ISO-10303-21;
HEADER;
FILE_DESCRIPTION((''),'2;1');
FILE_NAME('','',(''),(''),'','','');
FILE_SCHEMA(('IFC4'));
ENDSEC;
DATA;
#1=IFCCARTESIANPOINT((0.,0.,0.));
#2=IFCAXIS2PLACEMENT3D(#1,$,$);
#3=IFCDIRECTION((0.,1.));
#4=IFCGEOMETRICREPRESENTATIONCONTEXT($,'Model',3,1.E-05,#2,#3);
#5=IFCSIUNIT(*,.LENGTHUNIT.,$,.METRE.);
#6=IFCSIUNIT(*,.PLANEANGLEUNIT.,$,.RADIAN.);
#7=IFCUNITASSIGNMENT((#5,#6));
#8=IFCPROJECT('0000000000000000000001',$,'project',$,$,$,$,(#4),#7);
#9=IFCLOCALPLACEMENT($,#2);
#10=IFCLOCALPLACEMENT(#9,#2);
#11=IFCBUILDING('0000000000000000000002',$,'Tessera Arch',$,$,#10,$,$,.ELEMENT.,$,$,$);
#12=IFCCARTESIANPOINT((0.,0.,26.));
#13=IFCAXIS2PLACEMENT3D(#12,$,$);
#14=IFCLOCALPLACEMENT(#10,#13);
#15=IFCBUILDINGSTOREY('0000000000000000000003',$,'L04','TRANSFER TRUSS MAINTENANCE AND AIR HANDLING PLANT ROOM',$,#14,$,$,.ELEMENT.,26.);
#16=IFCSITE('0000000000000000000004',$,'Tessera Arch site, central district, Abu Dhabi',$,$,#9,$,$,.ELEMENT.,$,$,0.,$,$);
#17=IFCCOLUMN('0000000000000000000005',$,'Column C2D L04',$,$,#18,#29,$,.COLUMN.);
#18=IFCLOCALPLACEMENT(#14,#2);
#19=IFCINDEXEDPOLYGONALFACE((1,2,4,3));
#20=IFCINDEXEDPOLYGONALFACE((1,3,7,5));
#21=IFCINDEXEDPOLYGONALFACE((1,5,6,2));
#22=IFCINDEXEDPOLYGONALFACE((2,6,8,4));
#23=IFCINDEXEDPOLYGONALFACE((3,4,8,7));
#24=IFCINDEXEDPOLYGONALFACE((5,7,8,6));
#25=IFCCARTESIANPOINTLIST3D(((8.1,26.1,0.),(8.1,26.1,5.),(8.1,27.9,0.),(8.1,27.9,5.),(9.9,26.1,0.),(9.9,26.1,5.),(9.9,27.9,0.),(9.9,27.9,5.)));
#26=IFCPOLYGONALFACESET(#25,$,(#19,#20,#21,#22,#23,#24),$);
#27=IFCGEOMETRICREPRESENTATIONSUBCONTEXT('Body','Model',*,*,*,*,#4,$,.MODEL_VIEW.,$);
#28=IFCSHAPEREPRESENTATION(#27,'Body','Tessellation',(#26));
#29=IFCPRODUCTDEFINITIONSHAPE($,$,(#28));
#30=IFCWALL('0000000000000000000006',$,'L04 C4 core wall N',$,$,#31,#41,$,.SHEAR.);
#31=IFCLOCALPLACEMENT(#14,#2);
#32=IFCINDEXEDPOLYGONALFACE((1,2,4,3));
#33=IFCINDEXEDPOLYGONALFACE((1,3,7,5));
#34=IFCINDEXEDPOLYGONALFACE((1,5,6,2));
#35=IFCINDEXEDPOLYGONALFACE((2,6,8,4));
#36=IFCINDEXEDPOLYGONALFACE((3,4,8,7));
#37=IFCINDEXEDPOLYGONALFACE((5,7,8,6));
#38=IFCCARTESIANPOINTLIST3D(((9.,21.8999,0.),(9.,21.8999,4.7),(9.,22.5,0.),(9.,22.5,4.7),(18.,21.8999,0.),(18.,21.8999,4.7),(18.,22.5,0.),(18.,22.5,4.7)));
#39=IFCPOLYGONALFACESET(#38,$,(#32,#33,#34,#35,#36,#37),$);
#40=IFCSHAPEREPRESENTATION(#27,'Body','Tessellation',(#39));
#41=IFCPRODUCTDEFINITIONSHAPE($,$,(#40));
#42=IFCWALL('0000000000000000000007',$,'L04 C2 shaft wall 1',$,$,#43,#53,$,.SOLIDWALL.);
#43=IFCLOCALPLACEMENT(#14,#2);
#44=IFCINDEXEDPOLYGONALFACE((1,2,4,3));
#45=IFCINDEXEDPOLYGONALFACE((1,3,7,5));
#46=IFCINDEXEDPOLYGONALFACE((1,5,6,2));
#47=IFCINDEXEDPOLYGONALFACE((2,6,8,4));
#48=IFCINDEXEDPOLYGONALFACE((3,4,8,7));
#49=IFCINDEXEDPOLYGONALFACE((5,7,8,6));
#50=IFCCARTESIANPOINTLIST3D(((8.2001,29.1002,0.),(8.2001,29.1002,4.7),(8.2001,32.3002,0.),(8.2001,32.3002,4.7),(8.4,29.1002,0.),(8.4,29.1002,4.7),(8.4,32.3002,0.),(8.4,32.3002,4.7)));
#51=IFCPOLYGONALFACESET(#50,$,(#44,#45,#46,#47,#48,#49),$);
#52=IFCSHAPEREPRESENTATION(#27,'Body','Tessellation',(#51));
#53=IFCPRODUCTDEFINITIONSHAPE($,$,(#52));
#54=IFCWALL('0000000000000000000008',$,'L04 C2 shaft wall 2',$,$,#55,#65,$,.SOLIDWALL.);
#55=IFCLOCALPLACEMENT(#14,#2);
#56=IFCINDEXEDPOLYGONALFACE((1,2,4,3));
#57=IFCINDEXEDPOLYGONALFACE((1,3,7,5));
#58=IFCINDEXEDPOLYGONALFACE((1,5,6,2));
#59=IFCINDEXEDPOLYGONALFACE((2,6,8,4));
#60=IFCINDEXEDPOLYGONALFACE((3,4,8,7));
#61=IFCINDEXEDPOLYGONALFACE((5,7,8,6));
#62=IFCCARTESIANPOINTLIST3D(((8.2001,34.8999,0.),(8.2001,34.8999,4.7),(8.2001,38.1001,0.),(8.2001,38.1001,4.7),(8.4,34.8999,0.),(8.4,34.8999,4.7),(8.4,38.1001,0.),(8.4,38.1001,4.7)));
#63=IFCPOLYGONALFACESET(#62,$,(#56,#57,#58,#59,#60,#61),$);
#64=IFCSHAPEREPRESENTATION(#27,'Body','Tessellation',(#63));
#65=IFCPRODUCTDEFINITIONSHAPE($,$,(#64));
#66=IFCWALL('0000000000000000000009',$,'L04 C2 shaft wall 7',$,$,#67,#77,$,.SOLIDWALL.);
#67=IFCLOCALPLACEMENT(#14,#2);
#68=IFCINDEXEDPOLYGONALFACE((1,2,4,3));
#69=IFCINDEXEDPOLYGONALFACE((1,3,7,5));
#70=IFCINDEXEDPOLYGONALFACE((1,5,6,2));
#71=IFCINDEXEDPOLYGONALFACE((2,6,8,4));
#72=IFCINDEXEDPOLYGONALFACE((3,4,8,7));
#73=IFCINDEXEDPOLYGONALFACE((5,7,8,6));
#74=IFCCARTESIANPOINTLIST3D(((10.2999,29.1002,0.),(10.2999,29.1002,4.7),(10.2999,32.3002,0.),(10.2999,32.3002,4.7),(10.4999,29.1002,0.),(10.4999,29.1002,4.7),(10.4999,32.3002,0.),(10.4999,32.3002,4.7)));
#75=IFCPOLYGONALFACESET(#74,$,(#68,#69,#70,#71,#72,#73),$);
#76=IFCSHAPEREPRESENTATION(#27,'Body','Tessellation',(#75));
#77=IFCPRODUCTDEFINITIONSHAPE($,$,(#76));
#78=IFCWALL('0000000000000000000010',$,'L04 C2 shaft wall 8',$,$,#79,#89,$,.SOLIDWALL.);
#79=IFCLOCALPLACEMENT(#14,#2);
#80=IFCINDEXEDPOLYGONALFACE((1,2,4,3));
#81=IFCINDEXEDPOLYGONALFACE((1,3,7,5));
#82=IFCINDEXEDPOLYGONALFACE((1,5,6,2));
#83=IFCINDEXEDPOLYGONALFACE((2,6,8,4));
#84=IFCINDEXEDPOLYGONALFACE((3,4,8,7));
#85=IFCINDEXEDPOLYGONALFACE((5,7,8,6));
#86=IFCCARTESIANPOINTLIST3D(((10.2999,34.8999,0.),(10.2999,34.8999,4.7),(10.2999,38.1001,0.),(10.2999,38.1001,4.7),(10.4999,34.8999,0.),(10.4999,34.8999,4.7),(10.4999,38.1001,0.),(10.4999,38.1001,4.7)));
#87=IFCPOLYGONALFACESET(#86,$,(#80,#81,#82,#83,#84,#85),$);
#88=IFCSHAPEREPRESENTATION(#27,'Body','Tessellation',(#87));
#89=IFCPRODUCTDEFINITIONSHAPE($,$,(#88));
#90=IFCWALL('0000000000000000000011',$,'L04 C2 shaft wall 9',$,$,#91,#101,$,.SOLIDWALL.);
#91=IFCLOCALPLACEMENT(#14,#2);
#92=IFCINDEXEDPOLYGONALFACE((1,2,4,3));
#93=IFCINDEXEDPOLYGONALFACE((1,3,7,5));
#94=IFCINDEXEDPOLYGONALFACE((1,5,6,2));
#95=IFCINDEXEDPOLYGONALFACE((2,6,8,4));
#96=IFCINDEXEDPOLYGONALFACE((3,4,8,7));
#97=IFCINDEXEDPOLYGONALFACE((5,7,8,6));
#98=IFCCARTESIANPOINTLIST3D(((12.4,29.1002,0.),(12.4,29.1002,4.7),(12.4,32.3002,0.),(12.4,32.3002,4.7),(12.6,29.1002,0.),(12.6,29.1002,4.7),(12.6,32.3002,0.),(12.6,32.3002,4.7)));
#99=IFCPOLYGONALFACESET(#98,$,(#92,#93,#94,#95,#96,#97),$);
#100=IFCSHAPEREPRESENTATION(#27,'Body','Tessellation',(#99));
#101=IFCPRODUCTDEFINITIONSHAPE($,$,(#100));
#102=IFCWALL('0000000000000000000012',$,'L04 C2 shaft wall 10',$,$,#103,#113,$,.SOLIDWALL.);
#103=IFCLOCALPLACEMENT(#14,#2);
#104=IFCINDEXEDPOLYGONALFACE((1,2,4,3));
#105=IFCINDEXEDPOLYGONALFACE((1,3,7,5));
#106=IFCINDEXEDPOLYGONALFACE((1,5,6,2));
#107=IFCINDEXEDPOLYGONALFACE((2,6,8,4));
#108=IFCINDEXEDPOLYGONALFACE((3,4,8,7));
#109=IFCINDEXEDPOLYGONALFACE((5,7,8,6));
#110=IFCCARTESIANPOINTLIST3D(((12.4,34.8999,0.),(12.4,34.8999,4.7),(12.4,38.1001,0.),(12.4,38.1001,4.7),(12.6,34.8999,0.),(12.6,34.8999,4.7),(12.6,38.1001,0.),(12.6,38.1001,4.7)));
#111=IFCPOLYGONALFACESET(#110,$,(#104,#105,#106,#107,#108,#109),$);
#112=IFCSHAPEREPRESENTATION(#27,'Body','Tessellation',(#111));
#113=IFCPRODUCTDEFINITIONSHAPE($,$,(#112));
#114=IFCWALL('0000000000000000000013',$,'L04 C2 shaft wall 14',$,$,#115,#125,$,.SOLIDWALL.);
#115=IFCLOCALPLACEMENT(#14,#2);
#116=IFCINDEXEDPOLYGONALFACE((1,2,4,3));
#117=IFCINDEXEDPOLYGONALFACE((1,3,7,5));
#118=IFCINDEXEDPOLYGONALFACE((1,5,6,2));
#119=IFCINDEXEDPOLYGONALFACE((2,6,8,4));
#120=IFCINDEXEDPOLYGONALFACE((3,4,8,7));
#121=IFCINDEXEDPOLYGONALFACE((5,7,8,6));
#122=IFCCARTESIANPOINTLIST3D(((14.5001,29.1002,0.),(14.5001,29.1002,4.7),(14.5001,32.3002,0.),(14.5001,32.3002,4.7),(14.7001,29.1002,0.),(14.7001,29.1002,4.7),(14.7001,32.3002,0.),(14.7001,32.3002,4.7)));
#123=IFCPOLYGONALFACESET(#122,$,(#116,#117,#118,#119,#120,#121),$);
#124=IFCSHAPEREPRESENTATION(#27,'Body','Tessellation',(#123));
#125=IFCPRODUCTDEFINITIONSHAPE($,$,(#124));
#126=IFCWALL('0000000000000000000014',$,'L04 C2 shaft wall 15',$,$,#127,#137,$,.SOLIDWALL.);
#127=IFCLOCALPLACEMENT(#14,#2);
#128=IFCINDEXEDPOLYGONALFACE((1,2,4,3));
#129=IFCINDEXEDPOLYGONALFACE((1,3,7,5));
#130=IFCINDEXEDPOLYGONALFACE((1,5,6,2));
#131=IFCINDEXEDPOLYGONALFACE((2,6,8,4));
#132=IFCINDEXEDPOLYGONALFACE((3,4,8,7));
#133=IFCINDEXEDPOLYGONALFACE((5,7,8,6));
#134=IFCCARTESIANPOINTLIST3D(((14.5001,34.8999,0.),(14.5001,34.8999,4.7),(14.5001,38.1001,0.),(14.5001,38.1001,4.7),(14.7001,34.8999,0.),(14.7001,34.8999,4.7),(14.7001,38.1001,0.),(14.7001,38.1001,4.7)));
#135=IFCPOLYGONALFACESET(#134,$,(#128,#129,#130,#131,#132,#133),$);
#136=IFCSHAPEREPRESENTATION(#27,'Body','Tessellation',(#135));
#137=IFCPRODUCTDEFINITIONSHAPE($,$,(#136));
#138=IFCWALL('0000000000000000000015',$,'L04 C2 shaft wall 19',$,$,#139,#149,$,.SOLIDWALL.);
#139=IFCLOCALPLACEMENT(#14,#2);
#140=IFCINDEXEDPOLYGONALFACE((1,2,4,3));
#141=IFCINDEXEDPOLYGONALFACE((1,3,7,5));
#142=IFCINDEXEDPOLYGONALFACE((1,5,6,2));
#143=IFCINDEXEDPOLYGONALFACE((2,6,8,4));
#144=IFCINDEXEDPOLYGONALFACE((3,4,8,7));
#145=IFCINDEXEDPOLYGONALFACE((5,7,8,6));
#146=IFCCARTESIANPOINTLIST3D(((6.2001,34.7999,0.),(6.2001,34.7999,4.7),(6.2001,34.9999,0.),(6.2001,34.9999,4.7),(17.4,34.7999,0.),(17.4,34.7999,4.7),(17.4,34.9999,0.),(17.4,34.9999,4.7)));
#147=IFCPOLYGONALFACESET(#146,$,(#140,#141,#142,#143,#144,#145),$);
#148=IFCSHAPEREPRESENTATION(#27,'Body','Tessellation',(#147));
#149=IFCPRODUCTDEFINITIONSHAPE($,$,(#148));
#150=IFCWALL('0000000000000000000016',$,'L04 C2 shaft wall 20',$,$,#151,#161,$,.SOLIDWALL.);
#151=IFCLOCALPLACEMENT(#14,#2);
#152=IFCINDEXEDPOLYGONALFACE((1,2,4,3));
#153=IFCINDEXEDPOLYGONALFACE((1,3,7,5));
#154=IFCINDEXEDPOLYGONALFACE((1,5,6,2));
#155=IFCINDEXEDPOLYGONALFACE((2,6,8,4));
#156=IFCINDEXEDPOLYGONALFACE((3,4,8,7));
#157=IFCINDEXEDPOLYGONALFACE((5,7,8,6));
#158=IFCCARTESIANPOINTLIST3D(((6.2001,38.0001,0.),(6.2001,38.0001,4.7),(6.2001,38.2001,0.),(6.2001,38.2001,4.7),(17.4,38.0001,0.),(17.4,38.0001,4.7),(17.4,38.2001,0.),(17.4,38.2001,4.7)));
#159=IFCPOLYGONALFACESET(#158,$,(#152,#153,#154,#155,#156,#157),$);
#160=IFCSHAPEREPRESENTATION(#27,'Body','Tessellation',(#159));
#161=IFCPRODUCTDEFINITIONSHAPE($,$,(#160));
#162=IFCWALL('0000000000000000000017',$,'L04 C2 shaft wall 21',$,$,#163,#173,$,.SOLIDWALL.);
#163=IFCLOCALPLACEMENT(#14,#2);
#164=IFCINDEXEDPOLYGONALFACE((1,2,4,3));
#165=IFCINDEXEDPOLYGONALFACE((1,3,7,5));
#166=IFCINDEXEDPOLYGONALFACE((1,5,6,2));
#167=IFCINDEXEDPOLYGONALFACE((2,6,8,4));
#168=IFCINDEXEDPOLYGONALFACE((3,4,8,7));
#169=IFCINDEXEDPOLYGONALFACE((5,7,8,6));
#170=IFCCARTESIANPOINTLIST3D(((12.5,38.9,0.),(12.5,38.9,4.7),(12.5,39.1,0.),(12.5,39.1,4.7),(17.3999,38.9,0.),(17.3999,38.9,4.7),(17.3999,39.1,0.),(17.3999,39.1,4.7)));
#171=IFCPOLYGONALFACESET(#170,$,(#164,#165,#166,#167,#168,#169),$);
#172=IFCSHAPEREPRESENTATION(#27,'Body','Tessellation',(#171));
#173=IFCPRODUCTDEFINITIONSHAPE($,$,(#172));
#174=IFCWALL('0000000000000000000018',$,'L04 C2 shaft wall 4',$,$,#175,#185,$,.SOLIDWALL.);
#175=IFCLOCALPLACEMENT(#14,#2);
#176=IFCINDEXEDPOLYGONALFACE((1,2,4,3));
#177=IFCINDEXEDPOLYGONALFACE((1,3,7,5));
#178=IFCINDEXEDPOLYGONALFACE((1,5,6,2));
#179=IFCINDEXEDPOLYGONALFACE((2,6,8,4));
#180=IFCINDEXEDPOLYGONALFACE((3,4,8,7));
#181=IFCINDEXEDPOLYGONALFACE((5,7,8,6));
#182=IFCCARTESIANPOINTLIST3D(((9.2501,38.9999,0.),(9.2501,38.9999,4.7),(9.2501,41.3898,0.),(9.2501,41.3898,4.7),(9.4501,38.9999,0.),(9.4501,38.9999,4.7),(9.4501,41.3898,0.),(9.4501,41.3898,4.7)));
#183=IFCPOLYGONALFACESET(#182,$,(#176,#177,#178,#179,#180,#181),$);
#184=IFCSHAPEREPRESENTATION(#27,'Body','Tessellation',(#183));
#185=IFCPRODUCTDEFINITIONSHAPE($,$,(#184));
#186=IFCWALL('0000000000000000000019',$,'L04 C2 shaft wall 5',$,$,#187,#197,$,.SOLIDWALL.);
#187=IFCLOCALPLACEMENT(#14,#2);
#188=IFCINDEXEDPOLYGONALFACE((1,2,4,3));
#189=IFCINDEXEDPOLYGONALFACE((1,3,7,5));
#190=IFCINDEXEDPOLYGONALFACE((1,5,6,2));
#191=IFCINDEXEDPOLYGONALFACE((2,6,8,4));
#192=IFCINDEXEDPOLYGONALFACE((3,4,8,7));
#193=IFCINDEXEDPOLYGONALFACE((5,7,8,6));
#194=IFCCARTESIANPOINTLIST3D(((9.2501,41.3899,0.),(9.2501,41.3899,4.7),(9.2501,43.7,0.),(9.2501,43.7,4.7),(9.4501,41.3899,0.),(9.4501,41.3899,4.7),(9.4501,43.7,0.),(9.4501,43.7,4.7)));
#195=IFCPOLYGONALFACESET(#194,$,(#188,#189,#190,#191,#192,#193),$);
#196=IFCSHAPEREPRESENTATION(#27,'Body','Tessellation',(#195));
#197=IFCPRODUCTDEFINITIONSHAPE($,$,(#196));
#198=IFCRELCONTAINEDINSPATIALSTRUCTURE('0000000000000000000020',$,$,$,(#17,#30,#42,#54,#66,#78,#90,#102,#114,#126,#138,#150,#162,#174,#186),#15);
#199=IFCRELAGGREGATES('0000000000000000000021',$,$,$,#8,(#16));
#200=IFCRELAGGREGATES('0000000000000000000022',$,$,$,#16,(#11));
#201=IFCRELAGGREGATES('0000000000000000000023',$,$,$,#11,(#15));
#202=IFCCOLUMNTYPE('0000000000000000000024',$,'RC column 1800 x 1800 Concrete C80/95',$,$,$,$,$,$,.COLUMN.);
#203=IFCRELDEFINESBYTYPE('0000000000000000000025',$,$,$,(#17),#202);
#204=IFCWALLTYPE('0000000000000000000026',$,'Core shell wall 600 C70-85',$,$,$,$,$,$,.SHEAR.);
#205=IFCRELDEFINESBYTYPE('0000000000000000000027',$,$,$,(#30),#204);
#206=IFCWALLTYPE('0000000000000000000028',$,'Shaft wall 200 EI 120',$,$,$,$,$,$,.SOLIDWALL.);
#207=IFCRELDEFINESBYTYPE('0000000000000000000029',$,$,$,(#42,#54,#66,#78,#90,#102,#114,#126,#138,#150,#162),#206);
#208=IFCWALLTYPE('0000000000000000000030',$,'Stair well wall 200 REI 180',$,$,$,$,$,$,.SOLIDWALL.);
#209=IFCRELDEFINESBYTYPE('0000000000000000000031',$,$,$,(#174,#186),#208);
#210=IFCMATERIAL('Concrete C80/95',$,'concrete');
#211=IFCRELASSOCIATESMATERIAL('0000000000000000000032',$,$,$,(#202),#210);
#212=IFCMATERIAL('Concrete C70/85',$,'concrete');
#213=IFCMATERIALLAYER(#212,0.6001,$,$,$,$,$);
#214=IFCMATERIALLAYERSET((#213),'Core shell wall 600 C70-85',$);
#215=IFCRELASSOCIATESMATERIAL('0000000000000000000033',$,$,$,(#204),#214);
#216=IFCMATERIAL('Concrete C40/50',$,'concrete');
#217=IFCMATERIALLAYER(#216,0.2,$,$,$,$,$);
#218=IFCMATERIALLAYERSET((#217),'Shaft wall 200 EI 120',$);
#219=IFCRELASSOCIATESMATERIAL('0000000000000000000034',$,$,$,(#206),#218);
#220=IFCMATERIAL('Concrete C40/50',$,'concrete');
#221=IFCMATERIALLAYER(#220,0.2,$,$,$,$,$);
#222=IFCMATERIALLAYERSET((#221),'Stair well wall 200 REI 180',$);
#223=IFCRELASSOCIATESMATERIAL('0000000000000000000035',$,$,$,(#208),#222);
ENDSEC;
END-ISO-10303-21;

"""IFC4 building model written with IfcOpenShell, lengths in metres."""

from ifc_helpers import new_model, si_unit, direction, frame, frame_2d, origin, origin_2d, place, context, subcontext, project, spatial, rectangle, extrude, material, layer, layer_set, material_profile, profile_set, type_object, element, save


model = new_model("IFC4")

# Units and contexts
model_context = context("Model", 3, precision=1e-05, world=origin(), true_north=direction((0.0, 1.0)))
body_context = subcontext(model_context, "Body", "Model", "MODEL_VIEW")
ifc_project = project(units=[si_unit("LENGTHUNIT", "METRE"), si_unit("PLANEANGLEUNIT", "RADIAN")], contexts=[model_context])

# Site, building, storey
site_placement = place(None, origin())
site = spatial("IfcSite", under=ifc_project, at=site_placement, Name="Tessera Arch site, central district, Abu Dhabi", CompositionType="ELEMENT", RefElevation=0.0)
building_placement = place(site_placement, origin())
building = spatial("IfcBuilding", under=site, at=building_placement, Name="Tessera Arch", CompositionType="ELEMENT")
storey_placement = place(building_placement, frame((0.0, 0.0, 26.0)))
storey = spatial("IfcBuildingStorey", under=building, at=storey_placement, Name="L04", Description="TRANSFER TRUSS MAINTENANCE AND AIR HANDLING PLANT ROOM", CompositionType="ELEMENT", Elevation=26.0)

# Column
ifc_material_1 = material(Name="Concrete C80/95", Category="concrete")
ifc_material_profile = material_profile(ifc_material_1, rectangle(XDim=1.8, YDim=1.8, at=origin_2d()), Name="RC column 1800 x 1800 Concrete C80/95")
ifc_profile_set = profile_set([ifc_material_profile], Name="Concrete C80/95")
column_type = type_object("IfcColumnType", Name="RC column 1800 x 1800 Concrete C80/95", PredefinedType="COLUMN", material=ifc_profile_set)
column_placement = place(storey_placement, frame((9.0, 27.0, 0.0), z_axis=(0.0, 0.0, 1.0), x_axis=(1.0, 0.0, 0.0)))
element("IfcColumn", 1, at=column_placement, inside=storey, type_object=column_type, Name="Column C2D L04", PredefinedType="COLUMN", context=body_context, shape_type="SweptSolid", body=[
    extrude(rectangle(XDim=1.8, YDim=1.8, at=origin_2d()), origin(), (0.0, 0.0, 1.0), 5.0),
])

# Walls
ifc_material_2 = material(Name="Concrete C70/85", Category="concrete")
ifc_layer_1 = layer(ifc_material_2, 0.6001)
ifc_layer_set_1 = layer_set([ifc_layer_1], Name="Core shell wall 600 C70-85")
wall_type_1 = type_object("IfcWallType", Name="Core shell wall 600 C70-85", PredefinedType="SHEAR", material=ifc_layer_set_1)
wall_1_placement = place(storey_placement, frame((9.0, 22.2, 0.0), z_axis=(0.0, 0.0, 1.0), x_axis=(1.0, 0.0, 0.0)))
element("IfcWall", 2, at=wall_1_placement, inside=storey, type_object=wall_type_1, Name="L04 C4 core wall N", PredefinedType="SHEAR", context=body_context, shape_type="SweptSolid", body=[
    extrude(rectangle(XDim=9.0, YDim=0.6001, at=frame_2d((4.5, 0.0))), origin(), (0.0, 0.0, 1.0), 4.7),
])
ifc_material_3 = material(Name="Concrete C40/50", Category="concrete")
ifc_layer_2 = layer(ifc_material_3, 0.2)
ifc_layer_set_2 = layer_set([ifc_layer_2], Name="Shaft wall 200 EI 120")
wall_type_2 = type_object("IfcWallType", Name="Shaft wall 200 EI 120", PredefinedType="SOLIDWALL", material=ifc_layer_set_2)
wall_2_placement = place(storey_placement, frame((8.3, 29.1001, 0.0), z_axis=(0.0, 0.0, 1.0), x_axis=(0.0, 1.0, 0.0)))
element("IfcWall", 3, at=wall_2_placement, inside=storey, type_object=wall_type_2, Name="L04 C2 shaft wall 1", PredefinedType="SOLIDWALL", context=body_context, shape_type="SweptSolid", body=[
    extrude(rectangle(XDim=3.2, YDim=0.2, at=frame_2d((1.6001, 0.0))), origin(), (0.0, 0.0, 1.0), 4.7),
])
wall_3_placement = place(storey_placement, frame((8.3, 34.8999, 0.0), z_axis=(0.0, 0.0, 1.0), x_axis=(0.0, 1.0, 0.0)))
element("IfcWall", 4, at=wall_3_placement, inside=storey, type_object=wall_type_2, Name="L04 C2 shaft wall 2", PredefinedType="SOLIDWALL", context=body_context, shape_type="SweptSolid", body=[
    extrude(rectangle(XDim=3.2002, YDim=0.2, at=frame_2d((1.6001, 0.0))), origin(), (0.0, 0.0, 1.0), 4.7),
])
wall_4_placement = place(storey_placement, frame((10.3999, 29.1001, 0.0), z_axis=(0.0, 0.0, 1.0), x_axis=(0.0, 1.0, 0.0)))
element("IfcWall", 5, at=wall_4_placement, inside=storey, type_object=wall_type_2, Name="L04 C2 shaft wall 7", PredefinedType="SOLIDWALL", context=body_context, shape_type="SweptSolid", body=[
    extrude(rectangle(XDim=3.2, YDim=0.2, at=frame_2d((1.6001, 0.0))), origin(), (0.0, 0.0, 1.0), 4.7),
])
wall_5_placement = place(storey_placement, frame((10.3999, 34.8999, 0.0), z_axis=(0.0, 0.0, 1.0), x_axis=(0.0, 1.0, 0.0)))
element("IfcWall", 6, at=wall_5_placement, inside=storey, type_object=wall_type_2, Name="L04 C2 shaft wall 8", PredefinedType="SOLIDWALL", context=body_context, shape_type="SweptSolid", body=[
    extrude(rectangle(XDim=3.2002, YDim=0.2, at=frame_2d((1.6001, 0.0))), origin(), (0.0, 0.0, 1.0), 4.7),
])
wall_6_placement = place(storey_placement, frame((12.5, 29.1001, 0.0), z_axis=(0.0, 0.0, 1.0), x_axis=(0.0, 1.0, 0.0)))
element("IfcWall", 7, at=wall_6_placement, inside=storey, type_object=wall_type_2, Name="L04 C2 shaft wall 9", PredefinedType="SOLIDWALL", context=body_context, shape_type="SweptSolid", body=[
    extrude(rectangle(XDim=3.2, YDim=0.2, at=frame_2d((1.6001, 0.0))), origin(), (0.0, 0.0, 1.0), 4.7),
])
wall_7_placement = place(storey_placement, frame((12.5, 34.8999, 0.0), z_axis=(0.0, 0.0, 1.0), x_axis=(0.0, 1.0, 0.0)))
element("IfcWall", 8, at=wall_7_placement, inside=storey, type_object=wall_type_2, Name="L04 C2 shaft wall 10", PredefinedType="SOLIDWALL", context=body_context, shape_type="SweptSolid", body=[
    extrude(rectangle(XDim=3.2002, YDim=0.2, at=frame_2d((1.6001, 0.0))), origin(), (0.0, 0.0, 1.0), 4.7),
])
wall_8_placement = place(storey_placement, frame((14.6001, 29.1001, 0.0), z_axis=(0.0, 0.0, 1.0), x_axis=(0.0, 1.0, 0.0)))
element("IfcWall", 9, at=wall_8_placement, inside=storey, type_object=wall_type_2, Name="L04 C2 shaft wall 14", PredefinedType="SOLIDWALL", context=body_context, shape_type="SweptSolid", body=[
    extrude(rectangle(XDim=3.2, YDim=0.2, at=frame_2d((1.6001, 0.0))), origin(), (0.0, 0.0, 1.0), 4.7),
])
wall_9_placement = place(storey_placement, frame((14.6001, 34.8999, 0.0), z_axis=(0.0, 0.0, 1.0), x_axis=(0.0, 1.0, 0.0)))
element("IfcWall", 10, at=wall_9_placement, inside=storey, type_object=wall_type_2, Name="L04 C2 shaft wall 15", PredefinedType="SOLIDWALL", context=body_context, shape_type="SweptSolid", body=[
    extrude(rectangle(XDim=3.2002, YDim=0.2, at=frame_2d((1.6001, 0.0))), origin(), (0.0, 0.0, 1.0), 4.7),
])
for number, where, z_axis, x_axis, name in (
    (11, (6.2, 34.8999, 0.0), (0.0, 0.0, 1.0), (1.0, 0.0, 0.0), "L04 C2 shaft wall 19"),
    (12, (6.2, 38.1001, 0.0), (0.0, 0.0, 1.0), (1.0, 0.0, 0.0), "L04 C2 shaft wall 20"),
):
    element("IfcWall", number, at=place(storey_placement, frame(where, z_axis=z_axis, x_axis=x_axis)), inside=storey, type_object=wall_type_2, Name=name, PredefinedType="SOLIDWALL", context=body_context, shape_type="SweptSolid", body=[
        extrude(rectangle(XDim=11.2, YDim=0.2, at=frame_2d((5.6001, 0.0))), origin(), (0.0, 0.0, 1.0), 4.7),
    ])
wall_10_placement = place(storey_placement, frame((12.5, 39.0, 0.0), z_axis=(0.0, 0.0, 1.0), x_axis=(1.0, 0.0, 0.0)))
element("IfcWall", 13, at=wall_10_placement, inside=storey, type_object=wall_type_2, Name="L04 C2 shaft wall 21", PredefinedType="SOLIDWALL", context=body_context, shape_type="SweptSolid", body=[
    extrude(rectangle(XDim=4.8999, YDim=0.2, at=frame_2d((2.45, 0.0))), origin(), (0.0, 0.0, 1.0), 4.7),
])
ifc_material_4 = material(Name="Concrete C40/50", Category="concrete")
ifc_layer_3 = layer(ifc_material_4, 0.2)
ifc_layer_set_3 = layer_set([ifc_layer_3], Name="Stair well wall 200 REI 180")
wall_type_3 = type_object("IfcWallType", Name="Stair well wall 200 REI 180", PredefinedType="SOLIDWALL", material=ifc_layer_set_3)
wall_11_placement = place(storey_placement, frame((9.3501, 39.0, 0.0), z_axis=(0.0, 0.0, 1.0), x_axis=(0.0, 1.0, 0.0)))
element("IfcWall", 14, at=wall_11_placement, inside=storey, type_object=wall_type_3, Name="L04 C2 shaft wall 4", PredefinedType="SOLIDWALL", context=body_context, shape_type="SweptSolid", body=[
    extrude(rectangle(XDim=2.3899, YDim=0.2, at=frame_2d((1.1948, 0.0))), origin(), (0.0, 0.0, 1.0), 4.7),
])
wall_12_placement = place(storey_placement, frame((9.3501, 41.3899, 0.0), z_axis=(0.0, 0.0, 1.0), x_axis=(0.0, 1.0, 0.0)))
element("IfcWall", 15, at=wall_12_placement, inside=storey, type_object=wall_type_3, Name="L04 C2 shaft wall 5", PredefinedType="SOLIDWALL", context=body_context, shape_type="SweptSolid", body=[
    extrude(rectangle(XDim=2.3101, YDim=0.2, at=frame_2d((1.155, 0.0))), origin(), (0.0, 0.0, 1.0), 4.7),
])

save(model, "model.ifc")
